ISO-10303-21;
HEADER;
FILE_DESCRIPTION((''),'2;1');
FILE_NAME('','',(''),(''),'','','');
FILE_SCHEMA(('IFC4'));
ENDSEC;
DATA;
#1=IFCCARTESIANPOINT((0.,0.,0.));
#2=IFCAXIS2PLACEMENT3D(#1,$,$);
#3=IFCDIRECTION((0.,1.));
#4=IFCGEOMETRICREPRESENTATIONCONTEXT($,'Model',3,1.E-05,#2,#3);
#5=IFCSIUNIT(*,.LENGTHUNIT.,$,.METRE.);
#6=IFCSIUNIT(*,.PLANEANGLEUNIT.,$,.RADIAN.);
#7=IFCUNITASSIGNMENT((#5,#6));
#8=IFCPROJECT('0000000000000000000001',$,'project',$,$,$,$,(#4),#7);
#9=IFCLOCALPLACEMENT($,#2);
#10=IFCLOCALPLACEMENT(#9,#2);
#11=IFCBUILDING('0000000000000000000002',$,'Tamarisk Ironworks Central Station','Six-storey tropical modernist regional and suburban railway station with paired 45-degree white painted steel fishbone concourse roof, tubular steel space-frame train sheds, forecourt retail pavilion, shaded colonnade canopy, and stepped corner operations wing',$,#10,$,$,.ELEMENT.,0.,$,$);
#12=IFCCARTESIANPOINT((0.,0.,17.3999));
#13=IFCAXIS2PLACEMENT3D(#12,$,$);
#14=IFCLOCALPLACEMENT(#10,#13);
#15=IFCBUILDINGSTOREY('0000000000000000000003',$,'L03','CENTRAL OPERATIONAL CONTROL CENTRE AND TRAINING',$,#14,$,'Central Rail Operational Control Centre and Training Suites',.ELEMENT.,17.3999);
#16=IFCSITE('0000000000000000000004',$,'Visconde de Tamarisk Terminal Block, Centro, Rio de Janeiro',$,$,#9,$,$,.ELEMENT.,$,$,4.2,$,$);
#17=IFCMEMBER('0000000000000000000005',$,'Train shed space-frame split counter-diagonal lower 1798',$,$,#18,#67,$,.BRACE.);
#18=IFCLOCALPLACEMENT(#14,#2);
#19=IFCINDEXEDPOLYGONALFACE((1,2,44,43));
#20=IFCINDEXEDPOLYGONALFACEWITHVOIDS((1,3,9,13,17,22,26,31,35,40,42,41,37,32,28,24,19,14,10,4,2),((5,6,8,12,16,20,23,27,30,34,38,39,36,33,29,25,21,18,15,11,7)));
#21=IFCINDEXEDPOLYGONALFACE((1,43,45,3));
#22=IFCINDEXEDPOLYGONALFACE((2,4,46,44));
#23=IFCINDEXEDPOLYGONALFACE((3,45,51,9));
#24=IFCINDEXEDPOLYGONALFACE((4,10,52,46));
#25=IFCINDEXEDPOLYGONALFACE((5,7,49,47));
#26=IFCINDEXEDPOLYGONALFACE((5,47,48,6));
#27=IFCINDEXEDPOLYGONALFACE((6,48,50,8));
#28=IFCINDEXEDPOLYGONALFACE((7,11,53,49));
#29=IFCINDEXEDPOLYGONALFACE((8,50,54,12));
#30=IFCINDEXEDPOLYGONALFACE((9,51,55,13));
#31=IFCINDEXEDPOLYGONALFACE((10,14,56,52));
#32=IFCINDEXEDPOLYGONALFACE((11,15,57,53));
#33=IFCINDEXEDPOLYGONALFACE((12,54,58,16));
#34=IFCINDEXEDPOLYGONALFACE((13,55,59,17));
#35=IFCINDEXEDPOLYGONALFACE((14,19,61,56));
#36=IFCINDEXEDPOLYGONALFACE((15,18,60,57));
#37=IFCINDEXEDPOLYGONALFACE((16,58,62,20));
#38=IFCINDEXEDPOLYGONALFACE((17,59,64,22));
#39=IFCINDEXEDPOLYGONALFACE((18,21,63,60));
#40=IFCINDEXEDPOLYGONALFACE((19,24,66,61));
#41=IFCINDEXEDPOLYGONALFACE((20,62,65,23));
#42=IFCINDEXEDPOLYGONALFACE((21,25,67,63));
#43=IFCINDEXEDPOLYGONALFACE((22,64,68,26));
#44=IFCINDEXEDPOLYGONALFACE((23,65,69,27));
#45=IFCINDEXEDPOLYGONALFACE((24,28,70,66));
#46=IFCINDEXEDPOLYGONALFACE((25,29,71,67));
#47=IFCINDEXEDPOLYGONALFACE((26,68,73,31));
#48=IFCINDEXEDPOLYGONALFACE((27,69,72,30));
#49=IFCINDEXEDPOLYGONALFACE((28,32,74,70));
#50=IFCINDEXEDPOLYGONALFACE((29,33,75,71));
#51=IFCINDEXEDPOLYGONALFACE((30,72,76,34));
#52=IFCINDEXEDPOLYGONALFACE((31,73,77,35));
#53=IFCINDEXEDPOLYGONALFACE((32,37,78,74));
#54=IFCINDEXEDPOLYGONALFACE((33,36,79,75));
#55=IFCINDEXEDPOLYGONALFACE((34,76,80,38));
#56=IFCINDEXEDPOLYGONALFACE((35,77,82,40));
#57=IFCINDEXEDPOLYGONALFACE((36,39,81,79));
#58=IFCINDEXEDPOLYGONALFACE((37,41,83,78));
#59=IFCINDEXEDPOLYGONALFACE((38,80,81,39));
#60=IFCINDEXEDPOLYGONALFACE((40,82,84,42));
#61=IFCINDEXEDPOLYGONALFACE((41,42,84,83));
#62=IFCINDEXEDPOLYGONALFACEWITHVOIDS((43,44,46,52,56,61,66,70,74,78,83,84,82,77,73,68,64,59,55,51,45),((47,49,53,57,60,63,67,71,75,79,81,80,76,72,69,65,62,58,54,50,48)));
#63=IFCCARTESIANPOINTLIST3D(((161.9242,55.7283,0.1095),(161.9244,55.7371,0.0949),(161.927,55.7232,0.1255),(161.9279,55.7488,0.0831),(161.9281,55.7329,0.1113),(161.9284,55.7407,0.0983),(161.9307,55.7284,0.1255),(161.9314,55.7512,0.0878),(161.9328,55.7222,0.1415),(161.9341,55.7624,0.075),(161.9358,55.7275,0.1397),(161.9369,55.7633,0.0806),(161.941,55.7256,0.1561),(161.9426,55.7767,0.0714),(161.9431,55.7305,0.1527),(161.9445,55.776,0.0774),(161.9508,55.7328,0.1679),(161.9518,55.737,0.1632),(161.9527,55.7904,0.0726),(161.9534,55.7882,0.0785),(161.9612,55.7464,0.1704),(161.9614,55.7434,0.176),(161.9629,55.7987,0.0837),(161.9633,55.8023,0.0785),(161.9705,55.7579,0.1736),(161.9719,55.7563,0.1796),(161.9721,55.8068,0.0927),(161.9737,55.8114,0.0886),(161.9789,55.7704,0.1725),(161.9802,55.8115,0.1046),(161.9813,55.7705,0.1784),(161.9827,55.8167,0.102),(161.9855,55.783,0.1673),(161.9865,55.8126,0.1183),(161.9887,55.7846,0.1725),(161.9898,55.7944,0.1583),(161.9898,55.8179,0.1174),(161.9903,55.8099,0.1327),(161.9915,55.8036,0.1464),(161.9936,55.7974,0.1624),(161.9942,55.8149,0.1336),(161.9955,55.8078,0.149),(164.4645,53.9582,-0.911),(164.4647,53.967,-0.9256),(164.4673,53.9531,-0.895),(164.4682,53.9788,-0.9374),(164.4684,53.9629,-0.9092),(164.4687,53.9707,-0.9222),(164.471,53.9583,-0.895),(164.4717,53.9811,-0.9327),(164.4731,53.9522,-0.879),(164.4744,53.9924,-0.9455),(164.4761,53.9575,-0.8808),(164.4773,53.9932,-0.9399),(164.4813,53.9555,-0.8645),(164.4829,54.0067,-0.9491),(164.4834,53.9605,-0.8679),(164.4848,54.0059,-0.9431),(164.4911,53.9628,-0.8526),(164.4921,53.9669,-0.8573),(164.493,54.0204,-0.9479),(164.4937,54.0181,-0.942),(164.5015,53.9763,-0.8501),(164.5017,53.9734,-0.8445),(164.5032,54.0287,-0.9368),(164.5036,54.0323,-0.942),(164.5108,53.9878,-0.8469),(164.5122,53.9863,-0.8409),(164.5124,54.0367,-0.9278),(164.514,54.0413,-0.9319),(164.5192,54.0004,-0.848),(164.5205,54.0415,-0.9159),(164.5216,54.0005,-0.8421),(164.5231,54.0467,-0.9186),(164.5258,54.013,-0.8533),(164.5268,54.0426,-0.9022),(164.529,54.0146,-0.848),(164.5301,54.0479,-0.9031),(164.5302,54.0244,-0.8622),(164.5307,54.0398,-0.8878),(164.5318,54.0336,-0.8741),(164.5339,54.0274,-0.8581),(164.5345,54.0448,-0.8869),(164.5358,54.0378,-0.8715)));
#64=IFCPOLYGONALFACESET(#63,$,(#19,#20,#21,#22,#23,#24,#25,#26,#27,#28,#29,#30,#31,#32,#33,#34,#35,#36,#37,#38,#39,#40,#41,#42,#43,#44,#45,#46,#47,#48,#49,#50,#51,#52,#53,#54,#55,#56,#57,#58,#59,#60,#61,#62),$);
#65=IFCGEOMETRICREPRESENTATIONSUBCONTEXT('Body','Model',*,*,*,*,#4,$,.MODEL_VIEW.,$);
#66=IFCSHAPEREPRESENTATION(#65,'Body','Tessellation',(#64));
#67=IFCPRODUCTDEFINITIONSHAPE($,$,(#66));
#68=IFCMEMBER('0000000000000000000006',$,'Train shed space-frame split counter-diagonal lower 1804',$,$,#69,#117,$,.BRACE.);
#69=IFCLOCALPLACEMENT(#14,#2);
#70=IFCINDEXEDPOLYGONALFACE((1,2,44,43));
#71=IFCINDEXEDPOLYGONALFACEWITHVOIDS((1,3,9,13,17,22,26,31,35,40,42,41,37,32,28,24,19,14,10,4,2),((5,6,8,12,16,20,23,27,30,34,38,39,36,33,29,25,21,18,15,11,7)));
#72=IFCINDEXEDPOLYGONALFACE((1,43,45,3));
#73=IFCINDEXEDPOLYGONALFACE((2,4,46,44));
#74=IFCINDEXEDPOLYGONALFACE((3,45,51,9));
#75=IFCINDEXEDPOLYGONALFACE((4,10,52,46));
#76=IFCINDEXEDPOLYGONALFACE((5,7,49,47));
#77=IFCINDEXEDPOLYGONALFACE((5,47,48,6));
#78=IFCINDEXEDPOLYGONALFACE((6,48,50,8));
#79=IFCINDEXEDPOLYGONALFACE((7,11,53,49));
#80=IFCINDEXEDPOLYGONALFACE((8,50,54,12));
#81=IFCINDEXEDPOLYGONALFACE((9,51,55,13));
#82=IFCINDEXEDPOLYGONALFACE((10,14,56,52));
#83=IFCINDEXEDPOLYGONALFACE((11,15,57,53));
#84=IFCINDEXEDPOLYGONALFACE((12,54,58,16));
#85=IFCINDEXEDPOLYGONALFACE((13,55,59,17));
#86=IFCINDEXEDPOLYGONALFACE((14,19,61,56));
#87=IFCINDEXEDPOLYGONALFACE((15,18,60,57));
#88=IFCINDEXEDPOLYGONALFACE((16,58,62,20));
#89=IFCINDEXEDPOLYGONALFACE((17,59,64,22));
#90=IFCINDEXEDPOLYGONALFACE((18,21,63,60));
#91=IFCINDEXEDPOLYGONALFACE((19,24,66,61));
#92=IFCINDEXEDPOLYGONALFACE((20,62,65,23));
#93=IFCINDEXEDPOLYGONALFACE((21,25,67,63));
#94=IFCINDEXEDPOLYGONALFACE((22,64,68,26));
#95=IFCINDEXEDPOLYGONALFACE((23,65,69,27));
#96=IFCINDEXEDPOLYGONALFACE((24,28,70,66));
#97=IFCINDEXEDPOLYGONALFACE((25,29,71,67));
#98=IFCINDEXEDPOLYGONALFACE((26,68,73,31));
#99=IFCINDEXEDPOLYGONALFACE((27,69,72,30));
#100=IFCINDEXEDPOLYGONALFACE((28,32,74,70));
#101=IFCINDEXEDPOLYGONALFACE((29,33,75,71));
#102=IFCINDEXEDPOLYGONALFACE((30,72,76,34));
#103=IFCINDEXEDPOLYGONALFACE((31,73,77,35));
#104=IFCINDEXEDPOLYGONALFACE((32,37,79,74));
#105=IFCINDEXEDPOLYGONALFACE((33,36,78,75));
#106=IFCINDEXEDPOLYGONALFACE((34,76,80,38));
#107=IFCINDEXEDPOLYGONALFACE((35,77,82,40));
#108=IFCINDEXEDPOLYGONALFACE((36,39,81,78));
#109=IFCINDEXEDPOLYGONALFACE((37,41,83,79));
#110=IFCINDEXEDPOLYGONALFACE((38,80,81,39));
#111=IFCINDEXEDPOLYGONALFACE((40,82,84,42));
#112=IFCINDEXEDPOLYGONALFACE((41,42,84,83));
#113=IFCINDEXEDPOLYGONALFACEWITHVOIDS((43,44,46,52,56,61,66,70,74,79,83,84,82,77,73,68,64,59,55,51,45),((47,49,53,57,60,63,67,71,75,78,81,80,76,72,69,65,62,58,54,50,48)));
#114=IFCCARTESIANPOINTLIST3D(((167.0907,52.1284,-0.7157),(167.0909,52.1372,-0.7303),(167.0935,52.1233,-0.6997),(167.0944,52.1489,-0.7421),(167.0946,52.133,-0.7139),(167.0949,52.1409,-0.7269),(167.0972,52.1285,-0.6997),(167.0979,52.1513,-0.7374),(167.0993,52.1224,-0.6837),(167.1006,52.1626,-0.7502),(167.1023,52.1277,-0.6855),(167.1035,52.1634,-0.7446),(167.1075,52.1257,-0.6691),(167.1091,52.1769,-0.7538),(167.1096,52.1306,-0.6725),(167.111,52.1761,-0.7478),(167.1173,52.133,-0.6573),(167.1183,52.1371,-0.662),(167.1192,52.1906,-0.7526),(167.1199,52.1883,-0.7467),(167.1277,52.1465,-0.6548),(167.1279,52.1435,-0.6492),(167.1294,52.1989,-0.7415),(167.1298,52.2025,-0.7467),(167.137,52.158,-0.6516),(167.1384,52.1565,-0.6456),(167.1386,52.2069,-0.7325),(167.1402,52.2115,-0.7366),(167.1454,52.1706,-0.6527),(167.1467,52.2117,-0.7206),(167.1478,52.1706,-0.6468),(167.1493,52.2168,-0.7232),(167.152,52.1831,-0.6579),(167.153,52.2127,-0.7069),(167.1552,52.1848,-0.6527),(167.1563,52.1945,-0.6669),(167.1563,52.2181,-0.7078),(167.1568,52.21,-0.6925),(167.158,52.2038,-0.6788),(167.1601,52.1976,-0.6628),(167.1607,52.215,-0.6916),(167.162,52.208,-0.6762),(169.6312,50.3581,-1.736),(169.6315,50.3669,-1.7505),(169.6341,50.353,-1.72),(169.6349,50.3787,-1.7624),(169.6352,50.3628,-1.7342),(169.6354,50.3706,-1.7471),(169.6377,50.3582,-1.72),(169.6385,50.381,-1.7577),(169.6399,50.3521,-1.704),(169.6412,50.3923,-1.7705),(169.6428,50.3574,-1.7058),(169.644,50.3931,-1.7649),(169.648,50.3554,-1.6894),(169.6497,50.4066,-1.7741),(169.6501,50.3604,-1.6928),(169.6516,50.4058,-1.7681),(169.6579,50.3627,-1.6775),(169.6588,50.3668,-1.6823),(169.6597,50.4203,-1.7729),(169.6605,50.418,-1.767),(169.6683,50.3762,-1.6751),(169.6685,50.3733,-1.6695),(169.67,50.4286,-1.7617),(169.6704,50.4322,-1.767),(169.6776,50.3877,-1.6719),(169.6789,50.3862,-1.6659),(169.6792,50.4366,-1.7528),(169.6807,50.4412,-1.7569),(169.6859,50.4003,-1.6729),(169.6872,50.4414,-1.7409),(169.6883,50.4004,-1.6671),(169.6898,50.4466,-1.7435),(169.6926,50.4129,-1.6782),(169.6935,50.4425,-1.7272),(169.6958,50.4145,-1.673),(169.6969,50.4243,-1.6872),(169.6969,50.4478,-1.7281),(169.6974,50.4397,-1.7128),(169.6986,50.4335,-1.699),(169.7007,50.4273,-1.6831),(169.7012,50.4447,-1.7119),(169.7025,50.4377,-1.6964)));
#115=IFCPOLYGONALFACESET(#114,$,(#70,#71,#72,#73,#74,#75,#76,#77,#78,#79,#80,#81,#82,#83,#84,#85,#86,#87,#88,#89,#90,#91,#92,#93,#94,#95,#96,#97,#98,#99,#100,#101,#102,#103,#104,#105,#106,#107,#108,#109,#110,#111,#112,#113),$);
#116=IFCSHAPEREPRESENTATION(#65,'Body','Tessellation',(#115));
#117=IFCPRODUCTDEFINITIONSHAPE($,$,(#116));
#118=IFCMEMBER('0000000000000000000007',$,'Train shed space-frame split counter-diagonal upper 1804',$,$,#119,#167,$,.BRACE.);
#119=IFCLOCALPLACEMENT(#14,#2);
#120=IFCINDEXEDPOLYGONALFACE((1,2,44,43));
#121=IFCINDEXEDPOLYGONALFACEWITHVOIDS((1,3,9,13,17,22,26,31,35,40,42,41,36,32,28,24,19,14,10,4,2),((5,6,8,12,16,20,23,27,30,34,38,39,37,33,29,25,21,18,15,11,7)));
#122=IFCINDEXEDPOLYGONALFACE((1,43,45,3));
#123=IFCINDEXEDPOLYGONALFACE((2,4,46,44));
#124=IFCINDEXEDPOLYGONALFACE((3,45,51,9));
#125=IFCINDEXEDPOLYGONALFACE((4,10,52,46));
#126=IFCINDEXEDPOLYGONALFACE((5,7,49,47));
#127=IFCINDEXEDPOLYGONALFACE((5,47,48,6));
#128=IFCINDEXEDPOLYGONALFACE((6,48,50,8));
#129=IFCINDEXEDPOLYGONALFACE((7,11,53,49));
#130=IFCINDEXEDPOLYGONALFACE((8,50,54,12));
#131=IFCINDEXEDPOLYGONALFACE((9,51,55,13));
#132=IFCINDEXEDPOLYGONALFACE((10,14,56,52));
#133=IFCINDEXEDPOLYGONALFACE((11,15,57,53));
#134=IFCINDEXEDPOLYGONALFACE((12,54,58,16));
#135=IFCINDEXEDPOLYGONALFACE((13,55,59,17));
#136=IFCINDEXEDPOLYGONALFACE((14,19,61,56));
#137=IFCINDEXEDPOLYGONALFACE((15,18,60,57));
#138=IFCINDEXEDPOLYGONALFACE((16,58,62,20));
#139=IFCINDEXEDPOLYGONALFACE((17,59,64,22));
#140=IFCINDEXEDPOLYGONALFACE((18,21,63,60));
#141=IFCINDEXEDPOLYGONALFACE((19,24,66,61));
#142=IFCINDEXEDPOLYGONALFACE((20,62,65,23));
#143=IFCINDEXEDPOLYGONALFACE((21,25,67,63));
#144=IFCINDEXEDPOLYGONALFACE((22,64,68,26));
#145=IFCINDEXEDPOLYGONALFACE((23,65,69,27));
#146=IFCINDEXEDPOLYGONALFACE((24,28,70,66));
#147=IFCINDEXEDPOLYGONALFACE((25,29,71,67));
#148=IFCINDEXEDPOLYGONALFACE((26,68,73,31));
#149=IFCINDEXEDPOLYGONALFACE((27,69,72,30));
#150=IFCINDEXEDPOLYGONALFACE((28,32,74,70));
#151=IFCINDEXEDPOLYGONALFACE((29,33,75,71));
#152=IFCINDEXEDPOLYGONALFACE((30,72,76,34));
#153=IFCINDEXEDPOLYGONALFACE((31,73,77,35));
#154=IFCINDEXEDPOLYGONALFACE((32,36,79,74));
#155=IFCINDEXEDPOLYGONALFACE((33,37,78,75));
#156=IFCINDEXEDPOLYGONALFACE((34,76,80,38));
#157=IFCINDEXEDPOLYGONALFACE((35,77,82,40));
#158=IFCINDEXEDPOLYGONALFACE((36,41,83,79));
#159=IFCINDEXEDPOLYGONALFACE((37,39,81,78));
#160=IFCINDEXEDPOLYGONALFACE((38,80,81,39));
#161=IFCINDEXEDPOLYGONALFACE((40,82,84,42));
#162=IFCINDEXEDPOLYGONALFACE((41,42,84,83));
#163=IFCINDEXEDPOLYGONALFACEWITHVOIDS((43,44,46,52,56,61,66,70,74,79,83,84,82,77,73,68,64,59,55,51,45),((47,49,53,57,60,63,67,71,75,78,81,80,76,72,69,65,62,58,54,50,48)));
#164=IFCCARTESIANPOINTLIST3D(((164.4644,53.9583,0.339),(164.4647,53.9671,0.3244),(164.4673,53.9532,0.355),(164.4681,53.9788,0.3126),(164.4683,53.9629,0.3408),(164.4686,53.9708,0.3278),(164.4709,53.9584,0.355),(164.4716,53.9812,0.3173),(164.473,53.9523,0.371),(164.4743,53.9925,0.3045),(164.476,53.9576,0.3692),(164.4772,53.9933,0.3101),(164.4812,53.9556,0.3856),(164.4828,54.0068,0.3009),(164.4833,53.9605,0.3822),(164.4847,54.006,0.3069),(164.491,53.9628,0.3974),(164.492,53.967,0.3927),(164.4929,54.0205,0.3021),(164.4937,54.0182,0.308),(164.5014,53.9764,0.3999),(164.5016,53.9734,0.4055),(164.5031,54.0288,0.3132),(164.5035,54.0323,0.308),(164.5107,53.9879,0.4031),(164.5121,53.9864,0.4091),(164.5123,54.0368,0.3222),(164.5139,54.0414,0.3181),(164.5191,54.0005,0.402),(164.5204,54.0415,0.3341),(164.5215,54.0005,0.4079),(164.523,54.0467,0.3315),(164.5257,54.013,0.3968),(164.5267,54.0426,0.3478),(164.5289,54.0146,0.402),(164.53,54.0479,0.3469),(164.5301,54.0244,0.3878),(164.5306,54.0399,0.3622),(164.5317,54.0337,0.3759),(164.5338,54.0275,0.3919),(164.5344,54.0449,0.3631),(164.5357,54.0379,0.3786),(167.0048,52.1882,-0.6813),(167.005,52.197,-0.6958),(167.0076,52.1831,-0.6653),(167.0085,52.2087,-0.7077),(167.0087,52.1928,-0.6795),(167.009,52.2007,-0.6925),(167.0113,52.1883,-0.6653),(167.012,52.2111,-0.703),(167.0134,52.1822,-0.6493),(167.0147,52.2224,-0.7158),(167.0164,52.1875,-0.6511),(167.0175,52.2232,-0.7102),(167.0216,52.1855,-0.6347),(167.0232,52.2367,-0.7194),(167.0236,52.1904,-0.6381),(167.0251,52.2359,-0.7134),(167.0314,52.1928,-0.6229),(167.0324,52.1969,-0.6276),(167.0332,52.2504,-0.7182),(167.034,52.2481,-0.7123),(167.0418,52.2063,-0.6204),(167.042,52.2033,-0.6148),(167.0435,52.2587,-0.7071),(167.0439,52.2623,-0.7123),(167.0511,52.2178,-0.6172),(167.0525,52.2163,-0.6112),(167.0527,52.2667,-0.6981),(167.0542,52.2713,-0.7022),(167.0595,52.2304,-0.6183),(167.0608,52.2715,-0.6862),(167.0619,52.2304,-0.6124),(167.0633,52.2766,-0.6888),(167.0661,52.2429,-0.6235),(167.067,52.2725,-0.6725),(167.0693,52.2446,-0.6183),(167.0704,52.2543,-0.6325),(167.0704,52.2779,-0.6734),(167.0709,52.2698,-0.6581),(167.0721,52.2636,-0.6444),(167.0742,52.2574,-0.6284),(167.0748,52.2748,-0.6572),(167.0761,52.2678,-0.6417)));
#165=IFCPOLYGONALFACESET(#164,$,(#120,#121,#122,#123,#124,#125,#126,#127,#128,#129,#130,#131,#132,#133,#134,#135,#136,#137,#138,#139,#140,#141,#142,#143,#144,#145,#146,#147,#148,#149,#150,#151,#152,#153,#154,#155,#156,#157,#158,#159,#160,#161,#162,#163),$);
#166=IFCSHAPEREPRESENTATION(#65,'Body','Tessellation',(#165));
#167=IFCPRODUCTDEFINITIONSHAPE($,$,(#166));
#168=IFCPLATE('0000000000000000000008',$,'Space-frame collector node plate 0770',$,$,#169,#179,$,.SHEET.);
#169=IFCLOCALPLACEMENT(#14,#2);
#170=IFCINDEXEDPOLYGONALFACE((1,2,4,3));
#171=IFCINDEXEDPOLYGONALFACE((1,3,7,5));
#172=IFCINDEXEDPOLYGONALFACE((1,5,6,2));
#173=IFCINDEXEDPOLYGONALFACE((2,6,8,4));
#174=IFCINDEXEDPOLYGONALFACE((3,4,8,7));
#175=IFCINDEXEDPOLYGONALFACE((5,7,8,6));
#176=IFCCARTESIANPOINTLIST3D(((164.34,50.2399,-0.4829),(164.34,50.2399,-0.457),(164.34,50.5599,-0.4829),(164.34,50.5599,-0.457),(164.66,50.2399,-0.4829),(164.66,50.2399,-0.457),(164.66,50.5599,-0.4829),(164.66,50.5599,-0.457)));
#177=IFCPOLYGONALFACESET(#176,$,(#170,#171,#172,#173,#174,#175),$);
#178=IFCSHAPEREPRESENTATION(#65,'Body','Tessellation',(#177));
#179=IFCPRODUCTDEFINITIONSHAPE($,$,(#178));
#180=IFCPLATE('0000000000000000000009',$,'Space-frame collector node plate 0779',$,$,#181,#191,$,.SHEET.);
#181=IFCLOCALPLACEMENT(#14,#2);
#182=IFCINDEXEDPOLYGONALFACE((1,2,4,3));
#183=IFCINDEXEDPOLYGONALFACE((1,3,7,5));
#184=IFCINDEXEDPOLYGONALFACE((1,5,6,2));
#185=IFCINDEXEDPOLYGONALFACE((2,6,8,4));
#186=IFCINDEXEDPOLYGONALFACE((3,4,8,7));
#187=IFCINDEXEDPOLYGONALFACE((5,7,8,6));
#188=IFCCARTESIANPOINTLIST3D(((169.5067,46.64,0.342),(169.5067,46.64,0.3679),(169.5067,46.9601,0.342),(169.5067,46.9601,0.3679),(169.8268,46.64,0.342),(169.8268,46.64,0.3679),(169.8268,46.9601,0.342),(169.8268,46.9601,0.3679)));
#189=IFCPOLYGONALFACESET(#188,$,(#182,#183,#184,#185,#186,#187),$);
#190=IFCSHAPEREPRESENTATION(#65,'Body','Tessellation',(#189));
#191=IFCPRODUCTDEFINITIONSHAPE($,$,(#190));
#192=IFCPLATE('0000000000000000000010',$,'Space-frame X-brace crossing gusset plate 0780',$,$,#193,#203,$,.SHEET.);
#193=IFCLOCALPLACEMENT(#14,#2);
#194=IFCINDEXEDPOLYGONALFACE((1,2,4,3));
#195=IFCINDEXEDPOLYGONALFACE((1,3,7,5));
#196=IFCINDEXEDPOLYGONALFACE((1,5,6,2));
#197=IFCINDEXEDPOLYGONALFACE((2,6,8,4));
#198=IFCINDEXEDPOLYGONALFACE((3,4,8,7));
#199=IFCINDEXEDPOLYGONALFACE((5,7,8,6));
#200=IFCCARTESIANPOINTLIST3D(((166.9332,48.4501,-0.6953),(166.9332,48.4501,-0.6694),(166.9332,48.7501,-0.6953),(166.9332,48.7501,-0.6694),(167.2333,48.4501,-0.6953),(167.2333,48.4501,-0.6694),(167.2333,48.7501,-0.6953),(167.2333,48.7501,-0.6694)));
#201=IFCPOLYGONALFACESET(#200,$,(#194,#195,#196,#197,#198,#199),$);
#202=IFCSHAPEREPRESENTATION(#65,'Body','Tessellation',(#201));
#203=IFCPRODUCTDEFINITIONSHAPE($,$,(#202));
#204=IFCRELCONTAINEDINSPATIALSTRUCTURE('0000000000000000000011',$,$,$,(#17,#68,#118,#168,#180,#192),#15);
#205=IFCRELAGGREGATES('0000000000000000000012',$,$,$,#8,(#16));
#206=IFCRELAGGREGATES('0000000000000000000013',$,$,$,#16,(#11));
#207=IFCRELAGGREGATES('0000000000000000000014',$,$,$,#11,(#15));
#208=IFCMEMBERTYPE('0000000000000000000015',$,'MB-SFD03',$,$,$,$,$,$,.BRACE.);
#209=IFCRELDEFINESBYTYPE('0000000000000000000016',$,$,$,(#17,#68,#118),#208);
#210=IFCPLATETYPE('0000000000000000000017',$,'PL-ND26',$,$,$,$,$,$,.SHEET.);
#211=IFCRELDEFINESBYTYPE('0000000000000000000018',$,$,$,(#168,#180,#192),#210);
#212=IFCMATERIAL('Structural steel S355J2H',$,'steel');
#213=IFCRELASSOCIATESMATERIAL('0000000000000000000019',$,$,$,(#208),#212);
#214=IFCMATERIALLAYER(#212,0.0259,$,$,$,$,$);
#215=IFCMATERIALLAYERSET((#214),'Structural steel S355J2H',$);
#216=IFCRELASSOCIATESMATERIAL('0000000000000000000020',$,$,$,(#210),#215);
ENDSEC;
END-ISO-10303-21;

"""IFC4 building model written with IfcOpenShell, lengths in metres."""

from ifc_helpers import new_model, si_unit, direction, frame, origin, origin_2d, place, context, subcontext, project, spatial, rectangle, hollow_circle, extrude, material, layer, layer_set, material_profile, profile_set, type_object, element, save


model = new_model("IFC4")

# Units and contexts
model_context = context("Model", 3, precision=1e-05, world=origin(), true_north=direction((0.0, 1.0)))
body_context = subcontext(model_context, "Body", "Model", "MODEL_VIEW")
ifc_project = project(units=[si_unit("LENGTHUNIT", "METRE"), si_unit("PLANEANGLEUNIT", "RADIAN")], contexts=[model_context])

# Site, building, storey
site_placement = place(None, origin())
site = spatial("IfcSite", under=ifc_project, at=site_placement, Name="Visconde de Tamarisk Terminal Block, Centro, Rio de Janeiro", CompositionType="ELEMENT", RefElevation=4.2)
building_placement = place(site_placement, origin())
building = spatial("IfcBuilding", under=site, at=building_placement, Name="Tamarisk Ironworks Central Station", Description="Six-storey tropical modernist regional and suburban railway station with paired 45-degree white painted steel fishbone concourse roof, tubular steel space-frame train sheds, forecourt retail pavilion, shaded colonnade canopy, and stepped corner operations wing", CompositionType="ELEMENT", ElevationOfRefHeight=0.0)
storey_placement = place(building_placement, frame((0.0, 0.0, 17.3999)))
storey = spatial("IfcBuildingStorey", under=building, at=storey_placement, Name="L03", Description="CENTRAL OPERATIONAL CONTROL CENTRE AND TRAINING", LongName="Central Rail Operational Control Centre and Training Suites", CompositionType="ELEMENT", Elevation=17.3999)

# Members
ifc_material_1 = material(Name="Structural steel S355J2H", Category="steel")
ifc_material_profile_1 = material_profile(ifc_material_1, hollow_circle(Radius=0.0571, WallThickness=0.0063, at=origin_2d()), Name="CHS 114.3x6.3")
ifc_profile_set_1 = profile_set([ifc_material_profile_1], Name="Structural steel S355J2H")
member_type_1 = type_object("IfcMemberType", Name="MB-SFD03", PredefinedType="BRACE", material=ifc_profile_set_1)
for number, where, z_axis, x_axis, name in (
    (1, (164.5, 54.0, -0.895), (-0.779234, 0.542955, 0.313042), (-0.571688, -0.820471, 0.0), "Train shed space-frame split counter-diagonal lower 1798"),
):
    element("IfcMember", number, at=place(storey_placement, frame(where, z_axis=z_axis, x_axis=x_axis)), inside=storey, type_object=member_type_1, Name=name, PredefinedType="BRACE", context=body_context, shape_type="SweptSolid", body=[
        extrude(hollow_circle(Radius=0.0571, WallThickness=0.0063, at=origin_2d()), origin(), (0.0, 0.0, 1.0), 3.26),
    ])
member_1_placement = place(storey_placement, frame((169.6667, 50.3999, -1.72), z_axis=(-0.77925, 0.542989, 0.312943), x_axis=(-0.571704, -0.82046, 0.0)))
element("IfcMember", 2, at=member_1_placement, inside=storey, type_object=member_type_1, Name="Train shed space-frame split counter-diagonal lower 1804", PredefinedType="BRACE", context=body_context, shape_type="SweptSolid", body=[
    extrude(hollow_circle(Radius=0.0571, WallThickness=0.0063, at=origin_2d()), origin(), (0.0, 0.0, 1.0), 3.2603),
])
member_2_placement = place(storey_placement, frame((167.0403, 52.23, -0.6653), z_axis=(-0.779252, 0.542967, 0.312974), x_axis=(-0.571688, -0.820471, 0.0)))
element("IfcMember", 3, at=member_2_placement, inside=storey, type_object=member_type_1, Name="Train shed space-frame split counter-diagonal upper 1804", PredefinedType="BRACE", context=body_context, shape_type="SweptSolid", body=[
    extrude(hollow_circle(Radius=0.0571, WallThickness=0.0063, at=origin_2d()), origin(), (0.0, 0.0, 1.0), 3.26),
])

# Plates
ifc_layer = layer(ifc_material_1, 0.0259)
ifc_layer_set = layer_set([ifc_layer], Name="Structural steel S355J2H")
plate_type = type_object("IfcPlateType", Name="PL-ND26", PredefinedType="SHEET", material=ifc_layer_set)
for number, where, z_axis, x_axis, name in (
    (4, (164.5, 50.3999, -0.4829), (0.0, 0.0, 1.0), (1.0, 0.0, 0.0), "Space-frame collector node plate 0770"),
    (5, (169.6667, 46.8, 0.342), (0.0, 0.0, 1.0), (1.0, 0.0, 0.0), "Space-frame collector node plate 0779"),
):
    element("IfcPlate", number, at=place(storey_placement, frame(where, z_axis=z_axis, x_axis=x_axis)), inside=storey, type_object=plate_type, Name=name, PredefinedType="SHEET", context=body_context, shape_type="SweptSolid", body=[
        extrude(rectangle(XDim=0.3201, YDim=0.3201, at=origin_2d()), origin(), (0.0, 0.0, 1.0), 0.0259),
    ])
plate_1_placement = place(storey_placement, frame((167.0833, 48.6001, -0.6953), z_axis=(0.0, 0.0, 1.0), x_axis=(1.0, 0.0, 0.0)))
element("IfcPlate", 6, at=plate_1_placement, inside=storey, type_object=plate_type, Name="Space-frame X-brace crossing gusset plate 0780", PredefinedType="SHEET", context=body_context, shape_type="SweptSolid", body=[
    extrude(rectangle(XDim=0.3, YDim=0.3, at=origin_2d()), origin(), (0.0, 0.0, 1.0), 0.0259),
])

save(model, "model.ifc")
